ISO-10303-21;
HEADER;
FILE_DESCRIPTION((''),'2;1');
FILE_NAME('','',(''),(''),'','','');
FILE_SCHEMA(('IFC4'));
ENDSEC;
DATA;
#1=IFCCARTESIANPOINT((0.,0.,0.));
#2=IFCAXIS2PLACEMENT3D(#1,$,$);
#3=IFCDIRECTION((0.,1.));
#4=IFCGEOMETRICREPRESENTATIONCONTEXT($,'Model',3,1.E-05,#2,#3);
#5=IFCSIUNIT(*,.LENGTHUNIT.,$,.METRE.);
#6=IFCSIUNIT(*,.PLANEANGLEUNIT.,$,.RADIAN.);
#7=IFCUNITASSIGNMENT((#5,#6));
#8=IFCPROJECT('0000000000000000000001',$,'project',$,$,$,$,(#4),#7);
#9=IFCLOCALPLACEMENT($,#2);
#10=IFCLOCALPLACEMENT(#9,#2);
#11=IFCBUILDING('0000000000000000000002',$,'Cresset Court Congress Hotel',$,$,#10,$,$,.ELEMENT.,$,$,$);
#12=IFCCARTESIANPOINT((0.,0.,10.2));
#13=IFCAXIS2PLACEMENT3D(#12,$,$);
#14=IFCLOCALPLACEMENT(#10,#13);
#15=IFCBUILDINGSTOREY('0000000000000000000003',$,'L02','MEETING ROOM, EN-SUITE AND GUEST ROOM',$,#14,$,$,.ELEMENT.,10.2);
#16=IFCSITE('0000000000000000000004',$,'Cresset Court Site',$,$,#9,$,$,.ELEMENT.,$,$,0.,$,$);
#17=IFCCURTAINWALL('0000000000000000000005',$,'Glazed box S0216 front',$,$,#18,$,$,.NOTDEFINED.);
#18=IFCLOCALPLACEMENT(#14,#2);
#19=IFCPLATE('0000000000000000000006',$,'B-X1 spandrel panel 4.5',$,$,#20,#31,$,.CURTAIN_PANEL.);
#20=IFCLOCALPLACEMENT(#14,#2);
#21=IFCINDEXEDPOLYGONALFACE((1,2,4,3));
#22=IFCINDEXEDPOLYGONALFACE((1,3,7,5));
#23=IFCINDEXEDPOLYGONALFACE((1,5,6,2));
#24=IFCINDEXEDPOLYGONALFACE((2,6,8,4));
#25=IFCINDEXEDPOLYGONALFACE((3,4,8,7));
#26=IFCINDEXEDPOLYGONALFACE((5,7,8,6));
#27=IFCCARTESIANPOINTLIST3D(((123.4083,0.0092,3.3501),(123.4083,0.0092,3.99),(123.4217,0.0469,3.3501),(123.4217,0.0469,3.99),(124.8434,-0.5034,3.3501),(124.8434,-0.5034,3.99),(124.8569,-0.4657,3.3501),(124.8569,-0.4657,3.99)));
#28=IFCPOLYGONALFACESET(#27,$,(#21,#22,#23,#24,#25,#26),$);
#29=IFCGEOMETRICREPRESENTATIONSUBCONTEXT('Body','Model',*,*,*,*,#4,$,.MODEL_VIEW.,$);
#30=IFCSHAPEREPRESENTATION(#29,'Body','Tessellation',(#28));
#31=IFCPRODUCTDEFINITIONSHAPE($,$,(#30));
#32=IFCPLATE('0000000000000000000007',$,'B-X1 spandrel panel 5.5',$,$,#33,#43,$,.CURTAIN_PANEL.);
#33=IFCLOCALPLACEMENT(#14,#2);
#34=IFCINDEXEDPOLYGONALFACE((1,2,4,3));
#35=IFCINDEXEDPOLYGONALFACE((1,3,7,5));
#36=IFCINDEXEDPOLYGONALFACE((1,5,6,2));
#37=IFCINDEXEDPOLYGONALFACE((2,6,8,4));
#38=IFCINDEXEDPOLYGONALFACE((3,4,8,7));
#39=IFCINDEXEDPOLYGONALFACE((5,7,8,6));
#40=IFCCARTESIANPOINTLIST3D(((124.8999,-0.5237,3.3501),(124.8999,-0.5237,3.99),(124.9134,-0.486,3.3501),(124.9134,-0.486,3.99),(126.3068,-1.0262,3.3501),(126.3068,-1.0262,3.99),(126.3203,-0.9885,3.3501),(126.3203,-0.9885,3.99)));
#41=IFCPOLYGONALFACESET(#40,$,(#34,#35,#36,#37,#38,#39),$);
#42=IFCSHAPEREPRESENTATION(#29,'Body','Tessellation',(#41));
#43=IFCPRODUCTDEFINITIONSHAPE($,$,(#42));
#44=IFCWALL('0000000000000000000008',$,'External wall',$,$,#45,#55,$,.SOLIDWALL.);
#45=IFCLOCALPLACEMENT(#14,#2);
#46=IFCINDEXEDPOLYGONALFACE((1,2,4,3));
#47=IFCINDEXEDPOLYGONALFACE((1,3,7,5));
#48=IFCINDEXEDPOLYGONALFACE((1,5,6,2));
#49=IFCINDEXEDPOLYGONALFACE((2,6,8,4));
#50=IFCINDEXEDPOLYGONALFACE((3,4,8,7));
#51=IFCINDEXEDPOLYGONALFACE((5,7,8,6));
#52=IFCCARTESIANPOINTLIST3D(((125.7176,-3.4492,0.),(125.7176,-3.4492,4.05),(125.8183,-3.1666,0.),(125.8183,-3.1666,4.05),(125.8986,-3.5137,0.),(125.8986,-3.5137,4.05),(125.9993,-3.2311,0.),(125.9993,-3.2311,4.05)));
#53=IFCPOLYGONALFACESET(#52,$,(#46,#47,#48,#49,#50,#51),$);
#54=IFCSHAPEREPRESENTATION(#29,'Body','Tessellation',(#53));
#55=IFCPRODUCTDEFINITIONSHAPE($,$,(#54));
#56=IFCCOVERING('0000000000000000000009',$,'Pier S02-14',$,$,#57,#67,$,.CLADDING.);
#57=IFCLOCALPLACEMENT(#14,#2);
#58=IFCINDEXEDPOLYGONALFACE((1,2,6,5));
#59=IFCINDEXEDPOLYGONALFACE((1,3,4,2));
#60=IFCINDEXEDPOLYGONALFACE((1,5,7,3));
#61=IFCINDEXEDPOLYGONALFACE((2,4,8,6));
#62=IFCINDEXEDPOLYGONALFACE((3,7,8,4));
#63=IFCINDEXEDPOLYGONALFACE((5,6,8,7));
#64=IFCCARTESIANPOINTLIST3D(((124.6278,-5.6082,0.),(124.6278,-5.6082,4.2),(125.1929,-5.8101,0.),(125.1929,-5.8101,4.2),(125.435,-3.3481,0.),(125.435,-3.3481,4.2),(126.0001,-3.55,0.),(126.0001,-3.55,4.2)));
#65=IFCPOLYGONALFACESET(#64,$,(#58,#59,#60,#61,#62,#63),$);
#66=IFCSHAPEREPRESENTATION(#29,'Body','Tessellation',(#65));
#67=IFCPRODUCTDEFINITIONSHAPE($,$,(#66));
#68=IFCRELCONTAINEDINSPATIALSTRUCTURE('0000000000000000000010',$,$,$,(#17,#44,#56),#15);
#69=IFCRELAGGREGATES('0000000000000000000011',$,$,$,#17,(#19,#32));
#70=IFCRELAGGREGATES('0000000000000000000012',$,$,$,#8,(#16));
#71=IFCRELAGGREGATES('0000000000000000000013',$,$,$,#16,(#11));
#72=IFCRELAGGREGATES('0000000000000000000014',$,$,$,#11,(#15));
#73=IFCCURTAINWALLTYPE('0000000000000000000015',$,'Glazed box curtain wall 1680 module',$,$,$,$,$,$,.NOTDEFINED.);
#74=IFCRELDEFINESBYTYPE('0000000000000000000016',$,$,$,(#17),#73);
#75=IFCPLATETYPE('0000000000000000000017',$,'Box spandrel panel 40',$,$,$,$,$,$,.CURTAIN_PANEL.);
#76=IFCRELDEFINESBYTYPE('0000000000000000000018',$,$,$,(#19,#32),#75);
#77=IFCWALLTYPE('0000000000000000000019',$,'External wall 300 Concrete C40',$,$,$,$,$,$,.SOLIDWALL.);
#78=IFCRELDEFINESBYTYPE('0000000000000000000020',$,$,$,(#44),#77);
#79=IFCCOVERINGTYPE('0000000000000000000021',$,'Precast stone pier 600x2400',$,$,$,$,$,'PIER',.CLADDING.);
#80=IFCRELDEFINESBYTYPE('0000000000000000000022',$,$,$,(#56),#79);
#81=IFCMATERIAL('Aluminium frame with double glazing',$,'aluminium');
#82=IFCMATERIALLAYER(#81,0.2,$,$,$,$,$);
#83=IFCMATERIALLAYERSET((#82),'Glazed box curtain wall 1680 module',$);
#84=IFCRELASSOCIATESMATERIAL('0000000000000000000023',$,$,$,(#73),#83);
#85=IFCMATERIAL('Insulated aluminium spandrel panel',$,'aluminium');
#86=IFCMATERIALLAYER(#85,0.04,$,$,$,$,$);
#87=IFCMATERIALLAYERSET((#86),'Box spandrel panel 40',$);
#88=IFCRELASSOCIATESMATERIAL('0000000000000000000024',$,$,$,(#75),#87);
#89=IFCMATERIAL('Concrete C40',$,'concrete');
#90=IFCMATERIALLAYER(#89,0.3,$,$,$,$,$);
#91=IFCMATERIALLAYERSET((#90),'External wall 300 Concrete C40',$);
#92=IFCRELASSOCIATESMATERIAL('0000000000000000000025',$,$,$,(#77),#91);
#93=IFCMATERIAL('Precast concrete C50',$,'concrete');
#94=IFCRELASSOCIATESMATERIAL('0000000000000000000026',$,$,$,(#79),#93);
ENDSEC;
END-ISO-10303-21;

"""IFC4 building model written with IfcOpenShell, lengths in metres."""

from ifc_helpers import new_model, si_unit, direction, frame, frame_2d, origin, origin_2d, place, context, subcontext, project, spatial, rectangle, extrude, material, layer, layer_set, type_object, element, aggregate, save


model = new_model("IFC4")

# Units and contexts
model_context = context("Model", 3, precision=1e-05, world=origin(), true_north=direction((0.0, 1.0)))
body_context = subcontext(model_context, "Body", "Model", "MODEL_VIEW")
ifc_project = project(units=[si_unit("LENGTHUNIT", "METRE"), si_unit("PLANEANGLEUNIT", "RADIAN")], contexts=[model_context])

# Site, building, storey
site_placement = place(None, origin())
site = spatial("IfcSite", under=ifc_project, at=site_placement, Name="Cresset Court Site", CompositionType="ELEMENT", RefElevation=0.0)
building_placement = place(site_placement, origin())
building = spatial("IfcBuilding", under=site, at=building_placement, Name="Cresset Court Congress Hotel", CompositionType="ELEMENT")
storey_placement = place(building_placement, frame((0.0, 0.0, 10.2)))
storey = spatial("IfcBuildingStorey", under=building, at=storey_placement, Name="L02", Description="MEETING ROOM, EN-SUITE AND GUEST ROOM", CompositionType="ELEMENT", Elevation=10.2)

# Curtain wall
ifc_material_1 = material(Name="Aluminium frame with double glazing", Category="aluminium")
ifc_layer_1 = layer(ifc_material_1, 0.2)
ifc_layer_set_1 = layer_set([ifc_layer_1], Name="Glazed box curtain wall 1680 module")
curtain_wall_type = type_object("IfcCurtainWallType", Name="Glazed box curtain wall 1680 module", PredefinedType="NOTDEFINED", material=ifc_layer_set_1)
curtain_wall_1_placement = place(storey_placement, origin())
curtain_wall_1 = element("IfcCurtainWall", 1, at=curtain_wall_1_placement, inside=storey, type_object=curtain_wall_type, Name="Glazed box S0216 front", PredefinedType="NOTDEFINED")

# Plates
ifc_material_2 = material(Name="Insulated aluminium spandrel panel", Category="aluminium")
ifc_layer_2 = layer(ifc_material_2, 0.04)
ifc_layer_set_2 = layer_set([ifc_layer_2], Name="Box spandrel panel 40")
plate_type_1 = type_object("IfcPlateType", Name="Box spandrel panel 40", PredefinedType="CURTAIN_PANEL", material=ifc_layer_set_2)
plate_1_placement = place(storey_placement, frame((124.1326, -0.2283, 3.3501), z_axis=(0.0, 0.0, 1.0), x_axis=(0.941742, -0.336336, 0.0)))
plate_1 = element("IfcPlate", 2, at=plate_1_placement, type_object=plate_type_1, Name="B-X1 spandrel panel 4.5", PredefinedType="CURTAIN_PANEL", context=body_context, shape_type="SweptSolid", body=[
    extrude(rectangle(XDim=1.5239, YDim=0.04, at=origin_2d()), origin(), (0.0, 0.0, 1.0), 0.6399),
])
plate_2_placement = place(storey_placement, frame((125.6101, -0.7561, 3.3501), z_axis=(0.0, 0.0, 1.0), x_axis=(0.941742, -0.336336, 0.0)))
plate_2 = element("IfcPlate", 3, at=plate_2_placement, type_object=plate_type_1, Name="B-X1 spandrel panel 5.5", PredefinedType="CURTAIN_PANEL", context=body_context, shape_type="SweptSolid", body=[
    extrude(rectangle(XDim=1.4939, YDim=0.04, at=origin_2d()), origin(), (0.0, 0.0, 1.0), 0.6399),
])
aggregate(curtain_wall_1, [plate_1, plate_2])

# Wall
ifc_material_3 = material(Name="Concrete C40", Category="concrete")
ifc_layer_3 = layer(ifc_material_3, 0.3)
ifc_layer_set_3 = layer_set([ifc_layer_3], Name="External wall 300 Concrete C40")
wall_type = type_object("IfcWallType", Name="External wall 300 Concrete C40", PredefinedType="SOLIDWALL", material=ifc_layer_set_3)
wall_placement = place(storey_placement, frame((125.7678, -3.3079, 0.0), z_axis=(0.0, 0.0, 1.0), x_axis=(0.942, -0.335612, 0.0)))
element("IfcWall", 4, at=wall_placement, inside=storey, type_object=wall_type, Name="External wall", PredefinedType="SOLIDWALL", context=body_context, shape_type="SweptSolid", body=[
    extrude(rectangle(XDim=0.1921, YDim=0.3, at=frame_2d((0.0962, 0.0))), origin(), (0.0, 0.0, 1.0), 4.05),
])

# Covering
ifc_material_4 = material(Name="Precast concrete C50", Category="concrete")
covering_type = type_object("IfcCoveringType", Name="Precast stone pier 600x2400", ElementType="PIER", PredefinedType="CLADDING", material=ifc_material_4)
covering_placement = place(storey_placement, frame((125.314, -4.5791, 0.0), z_axis=(0.0, 0.0, 1.0), x_axis=(0.941742, -0.336336, 0.0)))
element("IfcCovering", 5, at=covering_placement, inside=storey, type_object=covering_type, Name="Pier S02-14", PredefinedType="CLADDING", context=body_context, shape_type="SweptSolid", body=[
    extrude(rectangle(XDim=0.6001, YDim=2.3999, at=origin_2d()), origin(), (0.0, 0.0, 1.0), 4.2),
])

save(model, "model.ifc")
